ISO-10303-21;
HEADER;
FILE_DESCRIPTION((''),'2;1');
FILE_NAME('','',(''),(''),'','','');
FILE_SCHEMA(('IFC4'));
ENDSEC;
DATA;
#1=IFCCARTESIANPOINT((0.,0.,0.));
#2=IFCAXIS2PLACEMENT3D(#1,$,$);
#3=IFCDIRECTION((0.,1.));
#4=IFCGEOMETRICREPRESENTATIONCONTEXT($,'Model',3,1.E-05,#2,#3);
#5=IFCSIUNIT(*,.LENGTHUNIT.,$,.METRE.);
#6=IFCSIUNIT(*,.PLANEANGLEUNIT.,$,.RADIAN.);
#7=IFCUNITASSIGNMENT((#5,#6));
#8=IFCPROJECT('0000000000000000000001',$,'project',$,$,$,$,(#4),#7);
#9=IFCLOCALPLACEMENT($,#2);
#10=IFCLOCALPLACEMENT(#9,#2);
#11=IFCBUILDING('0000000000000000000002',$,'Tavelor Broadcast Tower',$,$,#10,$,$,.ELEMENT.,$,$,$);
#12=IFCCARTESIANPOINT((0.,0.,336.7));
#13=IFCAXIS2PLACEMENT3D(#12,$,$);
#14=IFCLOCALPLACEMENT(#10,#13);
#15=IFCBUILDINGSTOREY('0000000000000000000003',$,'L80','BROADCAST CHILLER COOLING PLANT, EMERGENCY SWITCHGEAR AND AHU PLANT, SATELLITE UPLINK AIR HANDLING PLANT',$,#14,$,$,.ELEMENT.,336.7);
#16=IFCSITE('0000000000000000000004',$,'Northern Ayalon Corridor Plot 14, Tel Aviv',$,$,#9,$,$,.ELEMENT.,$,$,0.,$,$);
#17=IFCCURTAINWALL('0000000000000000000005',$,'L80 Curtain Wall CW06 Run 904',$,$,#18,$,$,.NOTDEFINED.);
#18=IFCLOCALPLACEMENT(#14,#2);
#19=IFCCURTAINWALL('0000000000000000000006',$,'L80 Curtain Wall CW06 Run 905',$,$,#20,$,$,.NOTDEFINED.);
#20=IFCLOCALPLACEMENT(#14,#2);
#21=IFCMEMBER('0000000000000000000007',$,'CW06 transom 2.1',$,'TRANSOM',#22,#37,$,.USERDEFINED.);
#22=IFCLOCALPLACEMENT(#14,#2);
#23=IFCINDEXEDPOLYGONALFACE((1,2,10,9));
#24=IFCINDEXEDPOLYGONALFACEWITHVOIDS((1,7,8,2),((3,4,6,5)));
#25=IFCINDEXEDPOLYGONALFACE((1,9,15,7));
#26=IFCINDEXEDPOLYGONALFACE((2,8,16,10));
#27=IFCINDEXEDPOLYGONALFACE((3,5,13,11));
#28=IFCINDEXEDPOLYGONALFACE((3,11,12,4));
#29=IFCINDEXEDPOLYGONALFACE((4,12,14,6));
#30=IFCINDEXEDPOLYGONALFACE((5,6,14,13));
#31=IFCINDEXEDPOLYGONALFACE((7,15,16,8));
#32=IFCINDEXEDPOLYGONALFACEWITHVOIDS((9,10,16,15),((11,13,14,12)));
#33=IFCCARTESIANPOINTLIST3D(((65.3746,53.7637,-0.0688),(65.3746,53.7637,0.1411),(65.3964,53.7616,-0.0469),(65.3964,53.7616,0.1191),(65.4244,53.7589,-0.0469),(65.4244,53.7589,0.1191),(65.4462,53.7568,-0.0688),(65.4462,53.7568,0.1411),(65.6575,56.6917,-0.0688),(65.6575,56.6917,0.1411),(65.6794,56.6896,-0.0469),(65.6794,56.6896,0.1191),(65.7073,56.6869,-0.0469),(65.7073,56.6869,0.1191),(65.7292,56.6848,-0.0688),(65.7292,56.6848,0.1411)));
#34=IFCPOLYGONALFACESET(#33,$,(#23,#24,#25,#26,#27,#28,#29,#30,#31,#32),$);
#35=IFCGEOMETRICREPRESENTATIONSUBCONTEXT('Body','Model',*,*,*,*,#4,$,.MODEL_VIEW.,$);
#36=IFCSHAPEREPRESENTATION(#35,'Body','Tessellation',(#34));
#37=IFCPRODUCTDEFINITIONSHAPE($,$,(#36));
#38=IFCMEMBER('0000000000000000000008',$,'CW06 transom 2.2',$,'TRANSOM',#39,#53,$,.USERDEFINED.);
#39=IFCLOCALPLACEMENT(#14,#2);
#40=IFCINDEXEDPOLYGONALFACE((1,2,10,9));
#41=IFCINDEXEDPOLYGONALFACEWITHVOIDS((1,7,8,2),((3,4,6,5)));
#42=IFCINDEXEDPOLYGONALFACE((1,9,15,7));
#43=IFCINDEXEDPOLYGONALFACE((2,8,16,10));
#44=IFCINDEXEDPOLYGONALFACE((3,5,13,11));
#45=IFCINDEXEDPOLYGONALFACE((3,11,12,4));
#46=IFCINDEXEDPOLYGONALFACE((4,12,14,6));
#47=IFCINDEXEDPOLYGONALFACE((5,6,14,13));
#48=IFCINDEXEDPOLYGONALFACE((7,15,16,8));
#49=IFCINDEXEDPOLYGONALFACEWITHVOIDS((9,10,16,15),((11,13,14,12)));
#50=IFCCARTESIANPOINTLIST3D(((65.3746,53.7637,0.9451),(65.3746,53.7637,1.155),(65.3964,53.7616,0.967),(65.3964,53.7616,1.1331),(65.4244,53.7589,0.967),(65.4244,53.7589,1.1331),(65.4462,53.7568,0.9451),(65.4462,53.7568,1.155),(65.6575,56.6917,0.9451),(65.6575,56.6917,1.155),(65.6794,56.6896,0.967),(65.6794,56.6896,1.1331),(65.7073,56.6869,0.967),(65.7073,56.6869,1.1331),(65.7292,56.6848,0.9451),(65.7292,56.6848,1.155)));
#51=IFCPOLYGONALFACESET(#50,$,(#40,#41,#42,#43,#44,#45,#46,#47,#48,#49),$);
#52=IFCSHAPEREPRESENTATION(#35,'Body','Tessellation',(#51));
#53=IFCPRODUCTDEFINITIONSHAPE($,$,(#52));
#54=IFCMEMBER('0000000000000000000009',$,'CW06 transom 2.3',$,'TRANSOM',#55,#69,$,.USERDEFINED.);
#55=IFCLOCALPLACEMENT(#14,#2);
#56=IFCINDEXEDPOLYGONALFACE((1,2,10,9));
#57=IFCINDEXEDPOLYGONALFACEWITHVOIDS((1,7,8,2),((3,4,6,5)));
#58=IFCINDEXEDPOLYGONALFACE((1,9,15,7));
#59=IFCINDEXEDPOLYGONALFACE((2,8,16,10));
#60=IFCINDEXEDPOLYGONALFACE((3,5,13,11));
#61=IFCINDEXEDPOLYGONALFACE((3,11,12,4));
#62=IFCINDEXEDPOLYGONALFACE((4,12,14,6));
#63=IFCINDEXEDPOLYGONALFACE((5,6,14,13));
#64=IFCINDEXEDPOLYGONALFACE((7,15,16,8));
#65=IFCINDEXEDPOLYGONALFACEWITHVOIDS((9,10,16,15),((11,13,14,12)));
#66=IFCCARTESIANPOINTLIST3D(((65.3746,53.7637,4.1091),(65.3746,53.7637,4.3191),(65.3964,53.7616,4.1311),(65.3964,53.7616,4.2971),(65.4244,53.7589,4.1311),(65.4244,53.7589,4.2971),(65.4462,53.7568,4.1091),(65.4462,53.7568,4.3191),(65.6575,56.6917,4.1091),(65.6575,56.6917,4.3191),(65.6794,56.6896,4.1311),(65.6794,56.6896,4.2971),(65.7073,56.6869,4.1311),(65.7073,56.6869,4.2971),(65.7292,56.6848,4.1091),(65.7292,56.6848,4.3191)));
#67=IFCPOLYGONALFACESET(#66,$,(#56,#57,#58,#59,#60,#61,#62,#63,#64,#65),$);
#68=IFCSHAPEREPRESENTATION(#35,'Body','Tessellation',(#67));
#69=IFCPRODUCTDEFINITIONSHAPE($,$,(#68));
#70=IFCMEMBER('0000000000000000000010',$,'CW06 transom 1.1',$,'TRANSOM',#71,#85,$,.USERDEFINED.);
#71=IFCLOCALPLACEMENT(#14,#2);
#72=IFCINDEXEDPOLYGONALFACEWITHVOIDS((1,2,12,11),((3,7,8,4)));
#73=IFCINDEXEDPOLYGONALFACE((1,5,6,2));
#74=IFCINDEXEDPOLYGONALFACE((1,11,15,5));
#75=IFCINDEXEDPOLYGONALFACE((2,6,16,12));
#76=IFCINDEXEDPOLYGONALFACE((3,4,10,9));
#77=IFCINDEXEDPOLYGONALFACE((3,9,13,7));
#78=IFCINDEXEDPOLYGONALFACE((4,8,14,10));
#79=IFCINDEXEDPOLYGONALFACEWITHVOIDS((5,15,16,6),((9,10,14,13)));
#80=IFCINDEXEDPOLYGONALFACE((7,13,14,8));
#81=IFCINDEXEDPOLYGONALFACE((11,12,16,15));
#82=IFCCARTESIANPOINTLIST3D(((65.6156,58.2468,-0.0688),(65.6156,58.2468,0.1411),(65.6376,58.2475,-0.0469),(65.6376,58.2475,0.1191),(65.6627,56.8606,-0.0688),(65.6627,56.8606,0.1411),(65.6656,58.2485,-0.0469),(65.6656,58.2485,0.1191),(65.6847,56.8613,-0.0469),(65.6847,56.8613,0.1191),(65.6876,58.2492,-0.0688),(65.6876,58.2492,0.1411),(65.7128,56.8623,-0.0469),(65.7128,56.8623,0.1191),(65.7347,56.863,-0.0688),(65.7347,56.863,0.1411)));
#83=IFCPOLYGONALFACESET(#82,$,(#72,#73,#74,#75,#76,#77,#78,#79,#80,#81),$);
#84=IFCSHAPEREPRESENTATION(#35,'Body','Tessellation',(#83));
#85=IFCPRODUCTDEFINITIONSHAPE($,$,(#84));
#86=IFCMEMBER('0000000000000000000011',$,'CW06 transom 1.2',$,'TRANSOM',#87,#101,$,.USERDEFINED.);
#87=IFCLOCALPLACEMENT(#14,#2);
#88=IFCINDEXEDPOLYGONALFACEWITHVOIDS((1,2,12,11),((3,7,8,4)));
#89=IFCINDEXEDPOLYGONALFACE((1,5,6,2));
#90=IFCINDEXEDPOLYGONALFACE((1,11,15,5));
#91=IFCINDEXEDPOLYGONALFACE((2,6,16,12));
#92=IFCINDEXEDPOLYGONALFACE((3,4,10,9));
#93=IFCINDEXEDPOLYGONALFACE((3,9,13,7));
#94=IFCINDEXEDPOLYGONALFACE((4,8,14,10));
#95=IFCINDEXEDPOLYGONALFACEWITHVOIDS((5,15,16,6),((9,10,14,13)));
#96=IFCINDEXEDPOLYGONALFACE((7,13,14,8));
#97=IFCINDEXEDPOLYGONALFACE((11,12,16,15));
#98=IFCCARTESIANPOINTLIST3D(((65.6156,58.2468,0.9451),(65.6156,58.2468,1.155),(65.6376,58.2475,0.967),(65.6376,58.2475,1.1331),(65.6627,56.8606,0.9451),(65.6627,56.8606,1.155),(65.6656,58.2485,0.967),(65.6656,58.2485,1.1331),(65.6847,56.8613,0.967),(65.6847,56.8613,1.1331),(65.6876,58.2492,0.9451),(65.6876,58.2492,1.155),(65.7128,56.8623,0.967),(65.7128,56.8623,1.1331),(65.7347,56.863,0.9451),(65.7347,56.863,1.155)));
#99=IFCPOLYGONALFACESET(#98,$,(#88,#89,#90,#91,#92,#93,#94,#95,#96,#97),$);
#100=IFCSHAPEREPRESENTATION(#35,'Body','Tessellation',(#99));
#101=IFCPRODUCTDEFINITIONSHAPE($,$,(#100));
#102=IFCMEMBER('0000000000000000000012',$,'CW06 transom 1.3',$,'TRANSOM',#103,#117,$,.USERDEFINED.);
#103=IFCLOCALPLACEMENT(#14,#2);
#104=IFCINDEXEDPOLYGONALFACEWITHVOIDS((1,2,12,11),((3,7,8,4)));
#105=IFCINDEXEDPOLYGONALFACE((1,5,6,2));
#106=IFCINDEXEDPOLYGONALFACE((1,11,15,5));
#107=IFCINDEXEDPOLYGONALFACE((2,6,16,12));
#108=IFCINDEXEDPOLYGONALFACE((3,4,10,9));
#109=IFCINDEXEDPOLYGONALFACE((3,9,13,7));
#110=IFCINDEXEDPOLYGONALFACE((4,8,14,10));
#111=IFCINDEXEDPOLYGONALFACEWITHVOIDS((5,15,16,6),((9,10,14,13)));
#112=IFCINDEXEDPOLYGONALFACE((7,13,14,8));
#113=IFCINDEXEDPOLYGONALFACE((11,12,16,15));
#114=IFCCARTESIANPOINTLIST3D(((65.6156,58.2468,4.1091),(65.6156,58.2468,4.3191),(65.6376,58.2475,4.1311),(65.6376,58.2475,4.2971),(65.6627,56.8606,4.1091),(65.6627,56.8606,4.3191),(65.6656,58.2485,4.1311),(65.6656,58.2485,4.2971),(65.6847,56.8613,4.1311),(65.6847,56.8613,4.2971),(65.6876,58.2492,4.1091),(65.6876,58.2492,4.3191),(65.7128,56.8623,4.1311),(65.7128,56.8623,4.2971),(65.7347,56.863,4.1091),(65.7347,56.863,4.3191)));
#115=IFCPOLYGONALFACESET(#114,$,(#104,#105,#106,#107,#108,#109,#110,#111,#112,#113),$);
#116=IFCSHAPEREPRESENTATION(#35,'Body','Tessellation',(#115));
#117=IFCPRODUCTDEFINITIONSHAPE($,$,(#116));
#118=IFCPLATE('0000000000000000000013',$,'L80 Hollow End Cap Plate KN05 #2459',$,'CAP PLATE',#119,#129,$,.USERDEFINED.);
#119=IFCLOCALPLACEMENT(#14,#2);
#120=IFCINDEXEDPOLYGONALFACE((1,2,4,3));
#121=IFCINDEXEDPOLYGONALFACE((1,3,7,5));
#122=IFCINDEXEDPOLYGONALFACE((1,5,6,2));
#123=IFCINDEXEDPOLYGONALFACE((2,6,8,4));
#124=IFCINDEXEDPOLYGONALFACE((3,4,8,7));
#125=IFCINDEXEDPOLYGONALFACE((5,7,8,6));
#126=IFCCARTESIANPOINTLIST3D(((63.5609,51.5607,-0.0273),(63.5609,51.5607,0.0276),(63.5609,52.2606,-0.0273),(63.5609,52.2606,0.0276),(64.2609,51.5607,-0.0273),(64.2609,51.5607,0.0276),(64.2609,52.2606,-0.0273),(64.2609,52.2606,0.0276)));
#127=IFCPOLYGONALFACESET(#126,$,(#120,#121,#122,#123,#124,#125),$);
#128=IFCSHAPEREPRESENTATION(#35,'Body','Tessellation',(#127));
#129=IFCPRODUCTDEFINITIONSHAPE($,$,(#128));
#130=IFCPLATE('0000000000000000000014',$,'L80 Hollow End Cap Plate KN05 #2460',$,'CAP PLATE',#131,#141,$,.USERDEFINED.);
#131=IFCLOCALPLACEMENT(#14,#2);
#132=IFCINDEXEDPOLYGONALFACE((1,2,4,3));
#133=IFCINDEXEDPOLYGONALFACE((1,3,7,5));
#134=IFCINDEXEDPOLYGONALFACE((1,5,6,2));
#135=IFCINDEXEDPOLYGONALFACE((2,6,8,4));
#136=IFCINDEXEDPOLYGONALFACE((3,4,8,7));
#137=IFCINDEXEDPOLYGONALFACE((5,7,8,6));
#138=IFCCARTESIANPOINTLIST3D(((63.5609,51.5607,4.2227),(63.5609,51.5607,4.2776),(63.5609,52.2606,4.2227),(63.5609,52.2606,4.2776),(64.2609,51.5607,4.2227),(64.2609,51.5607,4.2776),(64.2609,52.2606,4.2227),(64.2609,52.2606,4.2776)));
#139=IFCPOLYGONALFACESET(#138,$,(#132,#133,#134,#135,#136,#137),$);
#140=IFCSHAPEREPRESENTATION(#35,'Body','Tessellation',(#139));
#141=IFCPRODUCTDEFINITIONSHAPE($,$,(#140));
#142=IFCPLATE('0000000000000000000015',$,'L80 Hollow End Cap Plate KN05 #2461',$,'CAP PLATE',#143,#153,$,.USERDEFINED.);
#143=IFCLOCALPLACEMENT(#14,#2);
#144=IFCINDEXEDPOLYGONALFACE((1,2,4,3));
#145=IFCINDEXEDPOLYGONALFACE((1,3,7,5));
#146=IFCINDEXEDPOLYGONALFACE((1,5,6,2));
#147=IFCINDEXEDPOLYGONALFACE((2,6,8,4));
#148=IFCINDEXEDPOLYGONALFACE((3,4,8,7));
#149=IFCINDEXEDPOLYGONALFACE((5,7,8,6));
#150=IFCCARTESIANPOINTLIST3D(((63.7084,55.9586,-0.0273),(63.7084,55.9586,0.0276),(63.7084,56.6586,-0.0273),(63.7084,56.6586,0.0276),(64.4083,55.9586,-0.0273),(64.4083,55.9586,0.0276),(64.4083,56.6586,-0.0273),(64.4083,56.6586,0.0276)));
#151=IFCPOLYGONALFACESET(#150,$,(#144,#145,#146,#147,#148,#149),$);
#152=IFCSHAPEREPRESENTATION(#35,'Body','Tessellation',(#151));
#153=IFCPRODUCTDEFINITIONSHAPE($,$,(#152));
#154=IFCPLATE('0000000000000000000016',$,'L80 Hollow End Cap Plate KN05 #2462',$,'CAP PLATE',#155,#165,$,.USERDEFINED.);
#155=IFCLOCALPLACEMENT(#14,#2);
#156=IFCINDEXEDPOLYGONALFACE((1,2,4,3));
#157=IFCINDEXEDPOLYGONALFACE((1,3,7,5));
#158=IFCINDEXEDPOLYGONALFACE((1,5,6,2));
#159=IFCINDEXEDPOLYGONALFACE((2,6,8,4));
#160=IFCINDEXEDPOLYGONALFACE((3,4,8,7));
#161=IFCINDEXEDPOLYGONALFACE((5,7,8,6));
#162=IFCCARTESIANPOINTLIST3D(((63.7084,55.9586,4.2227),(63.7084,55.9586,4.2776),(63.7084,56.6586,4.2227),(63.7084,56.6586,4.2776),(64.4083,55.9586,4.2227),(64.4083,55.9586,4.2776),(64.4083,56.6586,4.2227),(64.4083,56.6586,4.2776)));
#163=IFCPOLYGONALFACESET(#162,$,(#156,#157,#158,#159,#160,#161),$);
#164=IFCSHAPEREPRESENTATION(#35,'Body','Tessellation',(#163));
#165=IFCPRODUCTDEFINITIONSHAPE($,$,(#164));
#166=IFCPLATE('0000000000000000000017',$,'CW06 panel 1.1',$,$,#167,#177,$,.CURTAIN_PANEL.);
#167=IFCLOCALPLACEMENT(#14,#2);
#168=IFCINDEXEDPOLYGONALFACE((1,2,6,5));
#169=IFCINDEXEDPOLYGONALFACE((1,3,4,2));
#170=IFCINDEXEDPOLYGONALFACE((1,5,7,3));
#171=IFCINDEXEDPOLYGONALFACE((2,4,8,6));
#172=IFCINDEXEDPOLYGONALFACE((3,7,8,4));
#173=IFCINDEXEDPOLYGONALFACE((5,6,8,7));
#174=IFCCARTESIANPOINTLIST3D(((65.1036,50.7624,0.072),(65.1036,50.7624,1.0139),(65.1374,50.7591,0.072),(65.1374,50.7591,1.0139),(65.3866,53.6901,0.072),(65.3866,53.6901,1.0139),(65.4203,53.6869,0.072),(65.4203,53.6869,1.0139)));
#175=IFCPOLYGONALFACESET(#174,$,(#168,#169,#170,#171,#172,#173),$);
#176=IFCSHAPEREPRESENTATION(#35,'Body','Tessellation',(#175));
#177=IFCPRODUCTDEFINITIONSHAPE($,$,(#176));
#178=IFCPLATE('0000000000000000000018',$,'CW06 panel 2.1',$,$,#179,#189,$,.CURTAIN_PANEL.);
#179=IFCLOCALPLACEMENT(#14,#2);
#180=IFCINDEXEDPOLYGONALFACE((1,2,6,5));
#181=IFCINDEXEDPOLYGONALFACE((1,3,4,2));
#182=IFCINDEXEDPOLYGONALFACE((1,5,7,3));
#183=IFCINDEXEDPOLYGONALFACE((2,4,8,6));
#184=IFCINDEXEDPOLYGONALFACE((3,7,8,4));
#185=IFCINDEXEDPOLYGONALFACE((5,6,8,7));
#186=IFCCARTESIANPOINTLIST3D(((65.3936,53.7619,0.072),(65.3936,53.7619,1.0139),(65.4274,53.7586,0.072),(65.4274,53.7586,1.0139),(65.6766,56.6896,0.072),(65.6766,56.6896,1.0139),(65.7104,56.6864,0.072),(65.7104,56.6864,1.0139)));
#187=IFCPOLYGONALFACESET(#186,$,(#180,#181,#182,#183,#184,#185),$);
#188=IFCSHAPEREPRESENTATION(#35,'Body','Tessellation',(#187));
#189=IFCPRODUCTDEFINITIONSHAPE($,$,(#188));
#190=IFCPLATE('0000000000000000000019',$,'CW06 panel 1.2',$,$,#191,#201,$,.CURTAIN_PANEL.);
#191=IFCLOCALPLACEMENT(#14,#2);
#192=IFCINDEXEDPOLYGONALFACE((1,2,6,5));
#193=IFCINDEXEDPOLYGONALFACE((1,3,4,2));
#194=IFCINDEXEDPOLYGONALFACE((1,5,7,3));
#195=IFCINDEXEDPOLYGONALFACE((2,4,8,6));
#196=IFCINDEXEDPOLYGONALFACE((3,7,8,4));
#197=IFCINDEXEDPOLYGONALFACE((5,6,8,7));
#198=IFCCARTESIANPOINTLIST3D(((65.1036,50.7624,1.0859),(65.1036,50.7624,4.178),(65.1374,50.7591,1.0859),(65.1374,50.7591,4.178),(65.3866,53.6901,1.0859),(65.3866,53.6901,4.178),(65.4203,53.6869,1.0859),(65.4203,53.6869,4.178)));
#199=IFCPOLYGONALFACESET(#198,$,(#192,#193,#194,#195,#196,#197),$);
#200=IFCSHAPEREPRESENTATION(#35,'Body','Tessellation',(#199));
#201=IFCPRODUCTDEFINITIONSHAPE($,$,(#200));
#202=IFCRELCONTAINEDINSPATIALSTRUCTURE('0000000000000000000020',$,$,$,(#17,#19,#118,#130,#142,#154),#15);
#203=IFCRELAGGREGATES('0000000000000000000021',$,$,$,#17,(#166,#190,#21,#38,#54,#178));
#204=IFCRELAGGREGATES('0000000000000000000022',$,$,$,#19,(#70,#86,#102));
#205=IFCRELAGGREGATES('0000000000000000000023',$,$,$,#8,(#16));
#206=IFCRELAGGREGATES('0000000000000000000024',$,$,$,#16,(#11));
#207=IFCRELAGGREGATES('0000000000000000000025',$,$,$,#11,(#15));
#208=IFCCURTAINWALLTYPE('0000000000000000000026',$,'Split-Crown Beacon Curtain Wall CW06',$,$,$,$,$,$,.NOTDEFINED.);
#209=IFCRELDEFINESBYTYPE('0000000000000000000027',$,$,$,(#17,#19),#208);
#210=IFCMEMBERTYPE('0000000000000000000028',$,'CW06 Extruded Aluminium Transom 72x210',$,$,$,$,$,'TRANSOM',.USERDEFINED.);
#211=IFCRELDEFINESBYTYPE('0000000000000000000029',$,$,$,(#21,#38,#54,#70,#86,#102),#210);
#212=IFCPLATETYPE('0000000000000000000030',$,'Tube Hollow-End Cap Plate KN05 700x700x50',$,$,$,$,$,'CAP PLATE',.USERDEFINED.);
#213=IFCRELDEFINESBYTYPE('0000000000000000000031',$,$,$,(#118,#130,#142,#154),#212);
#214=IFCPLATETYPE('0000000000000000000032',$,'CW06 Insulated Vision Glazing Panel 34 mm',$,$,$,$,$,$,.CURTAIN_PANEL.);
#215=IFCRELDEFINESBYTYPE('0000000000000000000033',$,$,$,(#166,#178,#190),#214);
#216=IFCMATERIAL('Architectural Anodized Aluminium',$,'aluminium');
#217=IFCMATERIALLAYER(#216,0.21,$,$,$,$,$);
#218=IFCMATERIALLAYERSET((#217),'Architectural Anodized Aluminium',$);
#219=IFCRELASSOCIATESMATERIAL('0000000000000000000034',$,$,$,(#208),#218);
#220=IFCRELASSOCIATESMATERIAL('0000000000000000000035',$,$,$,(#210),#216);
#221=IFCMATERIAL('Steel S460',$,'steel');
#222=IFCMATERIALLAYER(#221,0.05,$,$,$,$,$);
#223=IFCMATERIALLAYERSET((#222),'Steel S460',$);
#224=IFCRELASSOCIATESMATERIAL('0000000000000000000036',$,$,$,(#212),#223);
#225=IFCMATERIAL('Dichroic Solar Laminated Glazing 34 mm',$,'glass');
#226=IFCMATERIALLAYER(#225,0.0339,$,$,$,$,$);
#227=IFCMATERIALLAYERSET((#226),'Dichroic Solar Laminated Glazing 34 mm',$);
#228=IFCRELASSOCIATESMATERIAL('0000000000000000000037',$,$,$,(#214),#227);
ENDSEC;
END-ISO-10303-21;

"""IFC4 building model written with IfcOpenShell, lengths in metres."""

from ifc_helpers import new_model, si_unit, direction, frame, origin, origin_2d, place, context, subcontext, project, spatial, rectangle, hollow_rectangle, extrude, source, transform, mapped, material, layer, layer_set, material_profile, profile_set, type_object, type_shapes, element, aggregate, save


model = new_model("IFC4")

# Units and contexts
model_context = context("Model", 3, precision=1e-05, world=origin(), true_north=direction((0.0, 1.0)))
body_context = subcontext(model_context, "Body", "Model", "MODEL_VIEW")
ifc_project = project(units=[si_unit("LENGTHUNIT", "METRE"), si_unit("PLANEANGLEUNIT", "RADIAN")], contexts=[model_context])

# Site, building, storey
site_placement = place(None, origin())
site = spatial("IfcSite", under=ifc_project, at=site_placement, Name="Northern Ayalon Corridor Plot 14, Tel Aviv", CompositionType="ELEMENT", RefElevation=0.0)
building_placement = place(site_placement, origin())
building = spatial("IfcBuilding", under=site, at=building_placement, Name="Tavelor Broadcast Tower", CompositionType="ELEMENT")
storey_placement = place(building_placement, frame((0.0, 0.0, 336.7)))
storey = spatial("IfcBuildingStorey", under=building, at=storey_placement, Name="L80", Description="BROADCAST CHILLER COOLING PLANT, EMERGENCY SWITCHGEAR AND AHU PLANT, SATELLITE UPLINK AIR HANDLING PLANT", CompositionType="ELEMENT", Elevation=336.7)

# Curtain wall
ifc_material_1 = material(Name="Architectural Anodized Aluminium", Category="aluminium")
ifc_layer_1 = layer(ifc_material_1, 0.21)
ifc_layer_set_1 = layer_set([ifc_layer_1], Name="Architectural Anodized Aluminium")
curtain_wall_type = type_object("IfcCurtainWallType", Name="Split-Crown Beacon Curtain Wall CW06", PredefinedType="NOTDEFINED", material=ifc_layer_set_1)
curtain_wall_1_placement = place(storey_placement, origin())
curtain_wall_1 = element("IfcCurtainWall", 1, at=curtain_wall_1_placement, inside=storey, type_object=curtain_wall_type, Name="L80 Curtain Wall CW06 Run 904", PredefinedType="NOTDEFINED")

# Curtain wall
curtain_wall_2_placement = place(storey_placement, origin())
curtain_wall_2 = element("IfcCurtainWall", 2, at=curtain_wall_2_placement, inside=storey, type_object=curtain_wall_type, Name="L80 Curtain Wall CW06 Run 905", PredefinedType="NOTDEFINED")

# Members
ifc_material_profile_1 = material_profile(ifc_material_1, hollow_rectangle(XDim=0.072, YDim=0.21, WallThickness=0.022, at=origin_2d()), Name="RHS 72x210x22")
ifc_profile_set_1 = profile_set([ifc_material_profile_1], Name="Architectural Anodized Aluminium")
member_type_1 = type_object("IfcMemberType", Name="CW06 Extruded Aluminium Transom 72x210", ElementType="TRANSOM", PredefinedType="USERDEFINED", material=ifc_profile_set_1)
shared_shape_1 = source(origin(), body_context, "Body", "SweptSolid", [
    extrude(hollow_rectangle(XDim=0.072, YDim=0.21, WallThickness=0.022, at=origin_2d()), origin(), (0.0, 0.0, 1.0), 2.9417),
])
member_1_placement = place(storey_placement, frame((65.4104, 53.7603, 0.0361), z_axis=(0.096192, 0.995363, 0.0), x_axis=(-0.995363, 0.096192, 0.0)))
member_1 = element("IfcMember", 3, at=member_1_placement, type_object=member_type_1, Name="CW06 transom 2.1", ObjectType="TRANSOM", PredefinedType="USERDEFINED", context=body_context, shape_type="MappedRepresentation", body=[
    mapped(shared_shape_1, transform((0.0, 0.0, 0.0), scale=1.0)),
])
member_2_placement = place(storey_placement, frame((65.4104, 53.7603, 1.05), z_axis=(0.096192, 0.995363, 0.0), x_axis=(-0.995363, 0.096192, 0.0)))
member_2 = element("IfcMember", 4, at=member_2_placement, type_object=member_type_1, Name="CW06 transom 2.2", ObjectType="TRANSOM", PredefinedType="USERDEFINED", context=body_context, shape_type="MappedRepresentation", body=[
    mapped(shared_shape_1, transform((0.0, 0.0, 0.0), scale=1.0)),
])
member_3_placement = place(storey_placement, frame((65.4104, 53.7603, 4.2141), z_axis=(0.096192, 0.995363, 0.0), x_axis=(-0.995363, 0.096192, 0.0)))
member_3 = element("IfcMember", 5, at=member_3_placement, type_object=member_type_1, Name="CW06 transom 2.3", ObjectType="TRANSOM", PredefinedType="USERDEFINED", context=body_context, shape_type="MappedRepresentation", body=[
    mapped(shared_shape_1, transform((0.0, 0.0, 0.0), scale=1.0)),
])
shared_shape_2 = source(origin(), body_context, "Body", "SweptSolid", [
    extrude(hollow_rectangle(XDim=0.072, YDim=0.21, WallThickness=0.022, at=origin_2d()), origin(), (0.0, 0.0, 1.0), 1.387),
])
type_shapes(member_type_1, [shared_shape_1, shared_shape_2])
member_4_placement = place(storey_placement, frame((65.6987, 56.8618, 0.0361), z_axis=(-0.033971, 0.999423, 0.0), x_axis=(-0.999423, -0.033971, 0.0)))
member_4 = element("IfcMember", 6, at=member_4_placement, type_object=member_type_1, Name="CW06 transom 1.1", ObjectType="TRANSOM", PredefinedType="USERDEFINED", context=body_context, shape_type="MappedRepresentation", body=[
    mapped(shared_shape_2, transform((0.0, 0.0, 0.0), scale=1.0)),
])
member_5_placement = place(storey_placement, frame((65.6987, 56.8618, 1.05), z_axis=(-0.033971, 0.999423, 0.0), x_axis=(-0.999423, -0.033971, 0.0)))
member_5 = element("IfcMember", 7, at=member_5_placement, type_object=member_type_1, Name="CW06 transom 1.2", ObjectType="TRANSOM", PredefinedType="USERDEFINED", context=body_context, shape_type="MappedRepresentation", body=[
    mapped(shared_shape_2, transform((0.0, 0.0, 0.0), scale=1.0)),
])
member_6_placement = place(storey_placement, frame((65.6987, 56.8618, 4.2141), z_axis=(-0.033971, 0.999423, 0.0), x_axis=(-0.999423, -0.033971, 0.0)))
member_6 = element("IfcMember", 8, at=member_6_placement, type_object=member_type_1, Name="CW06 transom 1.3", ObjectType="TRANSOM", PredefinedType="USERDEFINED", context=body_context, shape_type="MappedRepresentation", body=[
    mapped(shared_shape_2, transform((0.0, 0.0, 0.0), scale=1.0)),
])

# Plates
ifc_material_2 = material(Name="Steel S460", Category="steel")
ifc_layer_2 = layer(ifc_material_2, 0.05)
ifc_layer_set_2 = layer_set([ifc_layer_2], Name="Steel S460")
plate_type_1 = type_object("IfcPlateType", Name="Tube Hollow-End Cap Plate KN05 700x700x50", ElementType="CAP PLATE", PredefinedType="USERDEFINED", material=ifc_layer_set_2)
shared_shape_3 = source(origin(), body_context, "Body", "SweptSolid", [
    extrude(rectangle(XDim=0.7, YDim=0.7, at=origin_2d()), origin(), (0.0, 0.0, 1.0), 0.0549),
])
type_shapes(plate_type_1, [shared_shape_3])
for number, where, z_axis, x_axis, name in (
    (9, (63.9109, 51.9106, -0.0273), (0.0, 0.0, 1.0), (1.0, 0.0, 0.0), "L80 Hollow End Cap Plate KN05 #2459"),
    (10, (63.9109, 51.9106, 4.2227), (0.0, 0.0, 1.0), (1.0, 0.0, 0.0), "L80 Hollow End Cap Plate KN05 #2460"),
    (11, (64.0583, 56.3086, -0.0273), (0.0, 0.0, 1.0), (1.0, 0.0, 0.0), "L80 Hollow End Cap Plate KN05 #2461"),
    (12, (64.0583, 56.3086, 4.2227), (0.0, 0.0, 1.0), (1.0, 0.0, 0.0), "L80 Hollow End Cap Plate KN05 #2462"),
):
    element("IfcPlate", number, at=place(storey_placement, frame(where, z_axis=z_axis, x_axis=x_axis)), inside=storey, type_object=plate_type_1, Name=name, ObjectType="CAP PLATE", PredefinedType="USERDEFINED", context=body_context, shape_type="MappedRepresentation", body=[
        mapped(shared_shape_3, transform((0.0, 0.0, 0.0), scale=1.0)),
    ])

# Plates
ifc_material_3 = material(Name="Dichroic Solar Laminated Glazing 34 mm", Category="glass")
ifc_layer_3 = layer(ifc_material_3, 0.0339)
ifc_layer_set_3 = layer_set([ifc_layer_3], Name="Dichroic Solar Laminated Glazing 34 mm")
plate_type_2 = type_object("IfcPlateType", Name="CW06 Insulated Vision Glazing Panel 34 mm", PredefinedType="CURTAIN_PANEL", material=ifc_layer_set_3)
shared_shape_4 = source(origin(), body_context, "Body", "SweptSolid", [
    extrude(rectangle(XDim=2.9414, YDim=0.0339, at=origin_2d()), origin(), (0.0, 0.0, 1.0), 0.9419),
])
plate_1_placement = place(storey_placement, frame((65.262, 52.2246, 0.072), z_axis=(0.0, 0.0, 1.0), x_axis=(0.096196, 0.995362, 0.0)))
plate_1 = element("IfcPlate", 13, at=plate_1_placement, type_object=plate_type_2, Name="CW06 panel 1.1", PredefinedType="CURTAIN_PANEL", context=body_context, shape_type="MappedRepresentation", body=[
    mapped(shared_shape_4, transform((0.0, 0.0, 0.0), scale=1.0)),
])
plate_2_placement = place(storey_placement, frame((65.552, 55.2241, 0.072), z_axis=(0.0, 0.0, 1.0), x_axis=(0.096196, 0.995362, 0.0)))
plate_2 = element("IfcPlate", 14, at=plate_2_placement, type_object=plate_type_2, Name="CW06 panel 2.1", PredefinedType="CURTAIN_PANEL", context=body_context, shape_type="MappedRepresentation", body=[
    mapped(shared_shape_4, transform((0.0, 0.0, 0.0), scale=1.0)),
])
shared_shape_5 = source(origin(), body_context, "Body", "SweptSolid", [
    extrude(rectangle(XDim=2.9414, YDim=0.0339, at=origin_2d()), origin(), (0.0, 0.0, 1.0), 3.092),
])
plate_3_placement = place(storey_placement, frame((65.262, 52.2246, 1.0859), z_axis=(0.0, 0.0, 1.0), x_axis=(0.096196, 0.995362, 0.0)))
plate_3 = element("IfcPlate", 15, at=plate_3_placement, type_object=plate_type_2, Name="CW06 panel 1.2", PredefinedType="CURTAIN_PANEL", context=body_context, shape_type="MappedRepresentation", body=[
    mapped(shared_shape_5, transform((0.0, 0.0, 0.0), scale=1.0)),
])
aggregate(curtain_wall_1, [plate_1, plate_3, member_1, member_2, member_3, plate_2])
aggregate(curtain_wall_2, [member_4, member_5, member_6])

save(model, "model.ifc")
